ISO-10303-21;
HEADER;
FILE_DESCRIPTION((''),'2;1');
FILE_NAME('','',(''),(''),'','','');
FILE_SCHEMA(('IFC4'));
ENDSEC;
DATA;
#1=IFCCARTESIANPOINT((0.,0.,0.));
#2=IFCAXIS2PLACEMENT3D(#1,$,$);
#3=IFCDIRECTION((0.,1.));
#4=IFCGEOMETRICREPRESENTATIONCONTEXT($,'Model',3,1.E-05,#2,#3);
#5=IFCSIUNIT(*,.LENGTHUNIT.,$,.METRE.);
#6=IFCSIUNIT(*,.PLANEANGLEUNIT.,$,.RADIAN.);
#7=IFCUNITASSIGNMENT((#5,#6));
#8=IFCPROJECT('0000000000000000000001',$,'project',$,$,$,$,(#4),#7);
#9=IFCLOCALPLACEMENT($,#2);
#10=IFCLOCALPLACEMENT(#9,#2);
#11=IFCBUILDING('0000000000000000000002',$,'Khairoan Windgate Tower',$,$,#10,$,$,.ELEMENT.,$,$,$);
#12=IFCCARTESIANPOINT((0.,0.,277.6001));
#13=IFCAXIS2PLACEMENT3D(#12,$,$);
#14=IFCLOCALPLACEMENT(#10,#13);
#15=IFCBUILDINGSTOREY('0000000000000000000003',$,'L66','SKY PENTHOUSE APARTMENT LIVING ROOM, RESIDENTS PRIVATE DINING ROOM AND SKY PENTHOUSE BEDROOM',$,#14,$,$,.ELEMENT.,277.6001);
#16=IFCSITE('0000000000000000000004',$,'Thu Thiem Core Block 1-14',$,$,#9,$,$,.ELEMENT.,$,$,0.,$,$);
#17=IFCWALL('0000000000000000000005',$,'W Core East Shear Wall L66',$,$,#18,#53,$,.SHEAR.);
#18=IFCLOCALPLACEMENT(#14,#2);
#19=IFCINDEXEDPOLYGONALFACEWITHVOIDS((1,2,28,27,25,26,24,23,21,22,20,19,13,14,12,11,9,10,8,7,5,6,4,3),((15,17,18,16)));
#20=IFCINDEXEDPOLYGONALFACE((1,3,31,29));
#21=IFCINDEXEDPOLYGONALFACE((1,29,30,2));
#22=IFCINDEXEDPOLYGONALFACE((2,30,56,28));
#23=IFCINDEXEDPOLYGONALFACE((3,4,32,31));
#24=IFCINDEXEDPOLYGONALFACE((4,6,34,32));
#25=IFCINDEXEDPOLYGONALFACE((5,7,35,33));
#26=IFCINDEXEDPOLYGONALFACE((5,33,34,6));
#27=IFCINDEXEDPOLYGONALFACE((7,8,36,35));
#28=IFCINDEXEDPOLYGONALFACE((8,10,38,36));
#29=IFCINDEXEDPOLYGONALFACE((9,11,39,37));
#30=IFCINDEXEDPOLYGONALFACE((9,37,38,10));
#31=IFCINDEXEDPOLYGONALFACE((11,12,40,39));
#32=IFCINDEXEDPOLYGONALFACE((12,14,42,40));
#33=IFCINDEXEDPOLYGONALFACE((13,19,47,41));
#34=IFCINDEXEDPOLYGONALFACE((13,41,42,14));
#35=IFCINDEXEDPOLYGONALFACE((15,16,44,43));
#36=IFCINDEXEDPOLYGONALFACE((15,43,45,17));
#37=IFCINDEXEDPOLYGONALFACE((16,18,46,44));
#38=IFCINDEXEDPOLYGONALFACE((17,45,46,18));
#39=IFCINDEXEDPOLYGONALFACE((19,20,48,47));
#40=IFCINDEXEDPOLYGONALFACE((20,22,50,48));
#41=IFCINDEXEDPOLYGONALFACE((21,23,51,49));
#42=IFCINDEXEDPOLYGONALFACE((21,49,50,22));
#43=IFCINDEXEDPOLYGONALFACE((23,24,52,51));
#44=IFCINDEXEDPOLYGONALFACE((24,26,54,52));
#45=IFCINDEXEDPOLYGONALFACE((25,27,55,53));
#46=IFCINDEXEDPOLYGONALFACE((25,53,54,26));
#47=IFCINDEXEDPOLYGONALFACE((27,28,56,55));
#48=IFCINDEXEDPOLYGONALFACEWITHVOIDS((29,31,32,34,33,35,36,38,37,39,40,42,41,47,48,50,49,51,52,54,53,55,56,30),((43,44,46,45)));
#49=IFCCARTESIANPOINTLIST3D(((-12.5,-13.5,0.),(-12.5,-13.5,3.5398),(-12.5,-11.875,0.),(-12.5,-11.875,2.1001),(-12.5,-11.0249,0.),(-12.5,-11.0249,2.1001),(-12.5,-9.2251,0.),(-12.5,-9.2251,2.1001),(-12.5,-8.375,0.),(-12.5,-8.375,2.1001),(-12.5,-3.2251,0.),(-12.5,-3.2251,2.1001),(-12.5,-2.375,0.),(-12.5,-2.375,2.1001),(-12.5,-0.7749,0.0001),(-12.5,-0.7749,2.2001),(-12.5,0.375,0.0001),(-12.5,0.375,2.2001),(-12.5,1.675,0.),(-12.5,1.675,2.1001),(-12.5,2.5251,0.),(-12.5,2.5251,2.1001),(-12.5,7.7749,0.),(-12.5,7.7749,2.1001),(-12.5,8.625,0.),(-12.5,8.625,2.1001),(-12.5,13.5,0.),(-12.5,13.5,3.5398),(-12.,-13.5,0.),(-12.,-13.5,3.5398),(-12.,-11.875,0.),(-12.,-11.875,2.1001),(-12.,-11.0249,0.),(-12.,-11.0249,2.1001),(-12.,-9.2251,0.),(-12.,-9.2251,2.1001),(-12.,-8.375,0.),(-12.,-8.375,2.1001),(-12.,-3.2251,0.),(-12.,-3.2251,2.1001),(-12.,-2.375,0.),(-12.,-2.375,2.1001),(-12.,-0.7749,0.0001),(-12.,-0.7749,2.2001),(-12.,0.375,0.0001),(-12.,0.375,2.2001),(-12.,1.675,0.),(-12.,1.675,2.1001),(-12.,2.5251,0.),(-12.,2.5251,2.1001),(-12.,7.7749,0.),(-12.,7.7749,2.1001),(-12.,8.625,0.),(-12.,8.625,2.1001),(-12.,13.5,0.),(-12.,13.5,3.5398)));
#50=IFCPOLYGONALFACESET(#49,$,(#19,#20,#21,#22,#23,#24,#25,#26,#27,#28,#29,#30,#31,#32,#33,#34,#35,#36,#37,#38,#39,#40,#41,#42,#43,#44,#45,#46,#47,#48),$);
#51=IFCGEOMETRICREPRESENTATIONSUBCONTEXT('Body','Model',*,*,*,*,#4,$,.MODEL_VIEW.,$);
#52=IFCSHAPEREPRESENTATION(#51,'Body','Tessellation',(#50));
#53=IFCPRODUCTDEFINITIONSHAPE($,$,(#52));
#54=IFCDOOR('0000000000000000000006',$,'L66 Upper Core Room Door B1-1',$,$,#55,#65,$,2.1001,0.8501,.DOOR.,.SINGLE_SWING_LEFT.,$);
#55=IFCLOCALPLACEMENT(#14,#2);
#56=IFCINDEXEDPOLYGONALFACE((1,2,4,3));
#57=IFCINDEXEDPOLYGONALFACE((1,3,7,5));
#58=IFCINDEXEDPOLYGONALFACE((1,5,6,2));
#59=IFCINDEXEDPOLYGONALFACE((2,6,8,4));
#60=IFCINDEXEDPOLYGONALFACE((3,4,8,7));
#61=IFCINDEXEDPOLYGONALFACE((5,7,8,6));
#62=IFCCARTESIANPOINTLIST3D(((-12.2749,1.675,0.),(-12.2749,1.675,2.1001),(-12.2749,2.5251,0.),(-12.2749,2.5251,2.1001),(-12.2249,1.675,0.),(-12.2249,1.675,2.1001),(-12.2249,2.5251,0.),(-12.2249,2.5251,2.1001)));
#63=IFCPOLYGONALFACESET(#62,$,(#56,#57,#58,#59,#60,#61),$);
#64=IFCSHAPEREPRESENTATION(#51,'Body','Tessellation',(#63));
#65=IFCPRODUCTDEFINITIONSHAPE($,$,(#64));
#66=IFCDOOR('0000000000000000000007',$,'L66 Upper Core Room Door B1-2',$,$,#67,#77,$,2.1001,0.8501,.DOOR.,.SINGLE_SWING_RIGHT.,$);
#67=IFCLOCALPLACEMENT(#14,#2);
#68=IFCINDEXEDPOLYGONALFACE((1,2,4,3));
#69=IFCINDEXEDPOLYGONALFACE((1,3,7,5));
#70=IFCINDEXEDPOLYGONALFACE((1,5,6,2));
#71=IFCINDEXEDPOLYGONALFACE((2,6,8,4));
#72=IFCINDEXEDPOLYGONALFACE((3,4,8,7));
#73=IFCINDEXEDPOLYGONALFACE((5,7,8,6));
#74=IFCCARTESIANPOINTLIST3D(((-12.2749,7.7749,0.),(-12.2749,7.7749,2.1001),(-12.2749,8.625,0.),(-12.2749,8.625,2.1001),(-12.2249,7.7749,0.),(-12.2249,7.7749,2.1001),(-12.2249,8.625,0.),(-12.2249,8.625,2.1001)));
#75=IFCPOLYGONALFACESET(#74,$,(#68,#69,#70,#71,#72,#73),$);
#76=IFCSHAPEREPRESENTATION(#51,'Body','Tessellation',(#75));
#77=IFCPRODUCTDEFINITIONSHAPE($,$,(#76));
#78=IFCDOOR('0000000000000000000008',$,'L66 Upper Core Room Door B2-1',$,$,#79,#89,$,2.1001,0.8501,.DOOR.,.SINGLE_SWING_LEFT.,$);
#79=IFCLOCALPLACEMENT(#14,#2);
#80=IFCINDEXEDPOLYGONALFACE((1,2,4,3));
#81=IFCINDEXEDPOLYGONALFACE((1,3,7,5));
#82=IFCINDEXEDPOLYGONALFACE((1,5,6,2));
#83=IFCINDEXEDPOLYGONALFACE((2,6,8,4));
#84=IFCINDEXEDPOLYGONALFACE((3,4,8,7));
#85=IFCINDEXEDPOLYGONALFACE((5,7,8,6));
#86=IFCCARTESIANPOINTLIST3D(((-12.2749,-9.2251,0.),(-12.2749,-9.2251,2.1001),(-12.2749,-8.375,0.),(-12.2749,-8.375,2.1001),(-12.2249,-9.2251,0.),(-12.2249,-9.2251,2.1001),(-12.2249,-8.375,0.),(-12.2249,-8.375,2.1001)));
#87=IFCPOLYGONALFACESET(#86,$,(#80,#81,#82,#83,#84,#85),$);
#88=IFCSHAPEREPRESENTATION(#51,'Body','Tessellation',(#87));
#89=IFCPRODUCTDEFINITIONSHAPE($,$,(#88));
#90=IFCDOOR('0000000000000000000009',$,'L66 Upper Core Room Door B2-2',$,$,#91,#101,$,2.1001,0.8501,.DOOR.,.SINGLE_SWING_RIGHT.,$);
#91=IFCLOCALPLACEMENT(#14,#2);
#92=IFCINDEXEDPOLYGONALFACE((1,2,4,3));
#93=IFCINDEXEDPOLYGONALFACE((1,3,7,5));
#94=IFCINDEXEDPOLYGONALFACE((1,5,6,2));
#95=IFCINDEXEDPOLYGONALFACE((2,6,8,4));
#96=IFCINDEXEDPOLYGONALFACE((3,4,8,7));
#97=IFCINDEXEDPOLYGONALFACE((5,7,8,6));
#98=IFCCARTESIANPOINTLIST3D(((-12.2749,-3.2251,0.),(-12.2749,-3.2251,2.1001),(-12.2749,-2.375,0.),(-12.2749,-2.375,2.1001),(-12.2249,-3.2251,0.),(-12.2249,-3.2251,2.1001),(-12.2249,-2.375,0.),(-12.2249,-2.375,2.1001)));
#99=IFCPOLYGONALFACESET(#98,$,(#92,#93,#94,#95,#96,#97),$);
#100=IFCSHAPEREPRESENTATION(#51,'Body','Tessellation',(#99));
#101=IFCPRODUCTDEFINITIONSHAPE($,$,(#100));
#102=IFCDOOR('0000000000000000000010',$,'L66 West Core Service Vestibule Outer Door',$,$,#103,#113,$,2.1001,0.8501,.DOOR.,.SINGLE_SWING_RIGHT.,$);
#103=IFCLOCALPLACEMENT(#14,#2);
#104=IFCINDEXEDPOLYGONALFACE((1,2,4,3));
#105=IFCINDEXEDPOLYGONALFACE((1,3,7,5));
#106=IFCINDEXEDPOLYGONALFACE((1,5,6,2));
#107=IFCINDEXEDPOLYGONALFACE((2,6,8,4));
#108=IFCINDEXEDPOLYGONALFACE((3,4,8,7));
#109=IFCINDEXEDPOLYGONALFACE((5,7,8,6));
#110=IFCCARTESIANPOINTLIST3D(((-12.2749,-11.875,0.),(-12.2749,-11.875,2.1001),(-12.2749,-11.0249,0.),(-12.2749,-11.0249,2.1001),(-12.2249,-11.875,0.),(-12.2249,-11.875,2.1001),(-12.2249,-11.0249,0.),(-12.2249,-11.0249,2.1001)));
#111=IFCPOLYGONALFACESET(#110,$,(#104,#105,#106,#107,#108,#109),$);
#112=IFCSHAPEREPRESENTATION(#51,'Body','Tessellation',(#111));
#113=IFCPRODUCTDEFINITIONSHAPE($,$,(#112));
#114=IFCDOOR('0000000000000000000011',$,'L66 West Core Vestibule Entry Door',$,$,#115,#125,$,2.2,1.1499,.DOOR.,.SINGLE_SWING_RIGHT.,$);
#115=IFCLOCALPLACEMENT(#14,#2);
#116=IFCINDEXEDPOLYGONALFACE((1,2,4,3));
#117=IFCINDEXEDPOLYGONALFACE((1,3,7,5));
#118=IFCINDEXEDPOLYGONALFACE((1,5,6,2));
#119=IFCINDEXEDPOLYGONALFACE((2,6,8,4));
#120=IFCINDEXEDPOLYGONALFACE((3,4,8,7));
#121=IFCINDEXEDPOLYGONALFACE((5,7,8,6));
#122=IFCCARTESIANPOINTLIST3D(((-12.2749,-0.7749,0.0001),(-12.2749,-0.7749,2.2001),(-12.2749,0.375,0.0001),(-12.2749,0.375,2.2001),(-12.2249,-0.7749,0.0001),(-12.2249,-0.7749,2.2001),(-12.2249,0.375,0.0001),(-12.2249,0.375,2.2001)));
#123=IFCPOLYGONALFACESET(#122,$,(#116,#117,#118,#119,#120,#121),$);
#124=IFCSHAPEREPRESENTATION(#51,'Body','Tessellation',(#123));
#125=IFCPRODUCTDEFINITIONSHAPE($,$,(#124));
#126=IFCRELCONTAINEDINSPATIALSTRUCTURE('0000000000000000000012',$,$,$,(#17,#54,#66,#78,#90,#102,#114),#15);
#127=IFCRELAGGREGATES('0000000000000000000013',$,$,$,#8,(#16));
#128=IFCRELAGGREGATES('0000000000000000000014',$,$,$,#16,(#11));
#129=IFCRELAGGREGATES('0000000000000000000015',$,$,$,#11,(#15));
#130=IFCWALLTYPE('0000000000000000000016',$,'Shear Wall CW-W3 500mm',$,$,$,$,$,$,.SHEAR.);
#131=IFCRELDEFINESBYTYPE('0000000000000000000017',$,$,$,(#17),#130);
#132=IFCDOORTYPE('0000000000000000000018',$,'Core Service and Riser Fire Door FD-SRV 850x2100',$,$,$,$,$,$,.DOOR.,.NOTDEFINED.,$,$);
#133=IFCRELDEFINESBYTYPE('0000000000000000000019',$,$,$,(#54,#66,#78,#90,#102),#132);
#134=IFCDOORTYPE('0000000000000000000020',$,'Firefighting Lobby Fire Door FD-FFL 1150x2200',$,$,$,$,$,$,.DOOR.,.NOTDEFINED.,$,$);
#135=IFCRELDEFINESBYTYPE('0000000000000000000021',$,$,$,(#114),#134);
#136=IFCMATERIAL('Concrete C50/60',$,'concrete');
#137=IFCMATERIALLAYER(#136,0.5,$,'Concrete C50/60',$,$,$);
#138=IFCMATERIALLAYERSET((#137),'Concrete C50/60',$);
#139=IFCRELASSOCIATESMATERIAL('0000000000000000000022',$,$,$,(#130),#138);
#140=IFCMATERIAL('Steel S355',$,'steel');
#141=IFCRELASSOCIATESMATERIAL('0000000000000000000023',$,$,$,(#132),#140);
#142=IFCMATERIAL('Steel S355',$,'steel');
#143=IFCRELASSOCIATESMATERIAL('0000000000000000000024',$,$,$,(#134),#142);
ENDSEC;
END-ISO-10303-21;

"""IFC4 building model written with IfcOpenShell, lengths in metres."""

from ifc_helpers import new_model, si_unit, direction, frame, frame_2d, origin, place, context, subcontext, project, spatial, rectangle, extrude, material, layer, layer_set, type_object, element, fill, save


model = new_model("IFC4")

# Units and contexts
model_context = context("Model", 3, precision=1e-05, world=origin(), true_north=direction((0.0, 1.0)))
body_context = subcontext(model_context, "Body", "Model", "MODEL_VIEW")
ifc_project = project(units=[si_unit("LENGTHUNIT", "METRE"), si_unit("PLANEANGLEUNIT", "RADIAN")], contexts=[model_context])

# Site, building, storey
site_placement = place(None, origin())
site = spatial("IfcSite", under=ifc_project, at=site_placement, Name="Thu Thiem Core Block 1-14", CompositionType="ELEMENT", RefElevation=0.0)
building_placement = place(site_placement, origin())
building = spatial("IfcBuilding", under=site, at=building_placement, Name="Khairoan Windgate Tower", CompositionType="ELEMENT")
storey_placement = place(building_placement, frame((0.0, 0.0, 277.6001)))
storey = spatial("IfcBuildingStorey", under=building, at=storey_placement, Name="L66", Description="SKY PENTHOUSE APARTMENT LIVING ROOM, RESIDENTS PRIVATE DINING ROOM AND SKY PENTHOUSE BEDROOM", CompositionType="ELEMENT", Elevation=277.6001)

# Wall, openings, doors
ifc_material_1 = material(Name="Concrete C50/60", Category="concrete")
ifc_layer_1 = layer(ifc_material_1, 0.5, Name="Concrete C50/60")
ifc_layer_set_1 = layer_set([ifc_layer_1], Name="Concrete C50/60")
wall_type_1 = type_object("IfcWallType", Name="Shear Wall CW-W3 500mm", PredefinedType="SHEAR", material=ifc_layer_set_1)
wall_1_placement = place(storey_placement, frame((-12.25, -13.5, 0.0), z_axis=(0.0, 0.0, 1.0), x_axis=(0.0, 1.0, 0.0)))
wall_1 = element("IfcWall", 1, at=wall_1_placement, inside=storey, type_object=wall_type_1, Name="W Core East Shear Wall L66", PredefinedType="SHEAR", context=body_context, shape_type="SweptSolid", body=[
    extrude(rectangle(XDim=27.0, YDim=0.5, at=frame_2d((13.5, 0.0))), origin(), (0.0, 0.0, 1.0), 3.5398),
])
opening_1_placement = place(wall_1_placement, frame((15.175, 0.0, 0.0)))
opening_1 = element("IfcOpeningElement", 2, at=opening_1_placement, cuts=wall_1, PredefinedType="OPENING", context=body_context, shape_type="SweptSolid", body=[
    extrude(rectangle(XDim=0.8501, YDim=2.1001, at=frame_2d((0.425, 1.05))), frame((0.0, 0.26, 0.0), z_axis=(0.0, -1.0, 0.0), x_axis=(1.0, 0.0, 0.0)), (0.0, 0.0, 1.0), 0.52),
])
opening_2_placement = place(wall_1_placement, frame((21.2749, 0.0, 0.0)))
opening_2 = element("IfcOpeningElement", 3, at=opening_2_placement, cuts=wall_1, PredefinedType="OPENING", context=body_context, shape_type="SweptSolid", body=[
    extrude(rectangle(XDim=0.8501, YDim=2.1001, at=frame_2d((0.425, 1.05))), frame((0.0, 0.26, 0.0), z_axis=(0.0, -1.0, 0.0), x_axis=(1.0, 0.0, 0.0)), (0.0, 0.0, 1.0), 0.52),
])
opening_3_placement = place(wall_1_placement, frame((4.2749, 0.0, 0.0)))
opening_3 = element("IfcOpeningElement", 4, at=opening_3_placement, cuts=wall_1, PredefinedType="OPENING", context=body_context, shape_type="SweptSolid", body=[
    extrude(rectangle(XDim=0.8501, YDim=2.1001, at=frame_2d((0.425, 1.05))), frame((0.0, 0.26, 0.0), z_axis=(0.0, -1.0, 0.0), x_axis=(1.0, 0.0, 0.0)), (0.0, 0.0, 1.0), 0.52),
])
opening_4_placement = place(wall_1_placement, frame((10.2749, 0.0, 0.0)))
opening_4 = element("IfcOpeningElement", 5, at=opening_4_placement, cuts=wall_1, PredefinedType="OPENING", context=body_context, shape_type="SweptSolid", body=[
    extrude(rectangle(XDim=0.8501, YDim=2.1001, at=frame_2d((0.425, 1.05))), frame((0.0, 0.26, 0.0), z_axis=(0.0, -1.0, 0.0), x_axis=(1.0, 0.0, 0.0)), (0.0, 0.0, 1.0), 0.52),
])
opening_5_placement = place(wall_1_placement, frame((12.7251, 0.0, 0.0)))
opening_5 = element("IfcOpeningElement", 6, at=opening_5_placement, cuts=wall_1, PredefinedType="OPENING", context=body_context, shape_type="SweptSolid", body=[
    extrude(rectangle(XDim=1.1499, YDim=2.2, at=frame_2d((0.575, 1.1001))), frame((0.0, 0.26, 0.0), z_axis=(0.0, -1.0, 0.0), x_axis=(1.0, 0.0, 0.0)), (0.0, 0.0, 1.0), 0.52),
])
opening_6_placement = place(wall_1_placement, frame((1.625, 0.0, 0.0)))
opening_6 = element("IfcOpeningElement", 7, at=opening_6_placement, cuts=wall_1, PredefinedType="OPENING", context=body_context, shape_type="SweptSolid", body=[
    extrude(rectangle(XDim=0.8501, YDim=2.1001, at=frame_2d((0.425, 1.05))), frame((0.0, 0.26, 0.0), z_axis=(0.0, -1.0, 0.0), x_axis=(1.0, 0.0, 0.0)), (0.0, 0.0, 1.0), 0.52),
])
ifc_material_2 = material(Name="Steel S355", Category="steel")
door_type_1 = type_object("IfcDoorType", Name="Core Service and Riser Fire Door FD-SRV 850x2100", OperationType="NOTDEFINED", PredefinedType="DOOR", material=ifc_material_2)
door_1_placement = place(opening_1_placement, origin())
door_1 = element("IfcDoor", 8, at=door_1_placement, inside=storey, type_object=door_type_1, Name="L66 Upper Core Room Door B1-1", OperationType="SINGLE_SWING_LEFT", OverallHeight=2.1001, OverallWidth=0.8501, PredefinedType="DOOR", context=body_context, shape_type="SweptSolid", body=[
    extrude(rectangle(XDim=0.8501, YDim=2.1001, at=frame_2d((0.425, 1.05))), frame((0.0, 0.0249, 0.0), z_axis=(0.0, -1.0, 0.0), x_axis=(1.0, 0.0, 0.0)), (0.0, 0.0, 1.0), 0.05),
])
fill(opening_1, door_1)
door_2_placement = place(opening_2_placement, origin())
door_2 = element("IfcDoor", 9, at=door_2_placement, inside=storey, type_object=door_type_1, Name="L66 Upper Core Room Door B1-2", OperationType="SINGLE_SWING_RIGHT", OverallHeight=2.1001, OverallWidth=0.8501, PredefinedType="DOOR", context=body_context, shape_type="SweptSolid", body=[
    extrude(rectangle(XDim=0.8501, YDim=2.1001, at=frame_2d((0.425, 1.05))), frame((0.0, 0.0249, 0.0), z_axis=(0.0, -1.0, 0.0), x_axis=(1.0, 0.0, 0.0)), (0.0, 0.0, 1.0), 0.05),
])
fill(opening_2, door_2)
door_3_placement = place(opening_3_placement, origin())
door_3 = element("IfcDoor", 10, at=door_3_placement, inside=storey, type_object=door_type_1, Name="L66 Upper Core Room Door B2-1", OperationType="SINGLE_SWING_LEFT", OverallHeight=2.1001, OverallWidth=0.8501, PredefinedType="DOOR", context=body_context, shape_type="SweptSolid", body=[
    extrude(rectangle(XDim=0.8501, YDim=2.1001, at=frame_2d((0.425, 1.05))), frame((0.0, 0.0249, 0.0), z_axis=(0.0, -1.0, 0.0), x_axis=(1.0, 0.0, 0.0)), (0.0, 0.0, 1.0), 0.05),
])
fill(opening_3, door_3)
door_4_placement = place(opening_4_placement, origin())
door_4 = element("IfcDoor", 11, at=door_4_placement, inside=storey, type_object=door_type_1, Name="L66 Upper Core Room Door B2-2", OperationType="SINGLE_SWING_RIGHT", OverallHeight=2.1001, OverallWidth=0.8501, PredefinedType="DOOR", context=body_context, shape_type="SweptSolid", body=[
    extrude(rectangle(XDim=0.8501, YDim=2.1001, at=frame_2d((0.425, 1.05))), frame((0.0, 0.0249, 0.0), z_axis=(0.0, -1.0, 0.0), x_axis=(1.0, 0.0, 0.0)), (0.0, 0.0, 1.0), 0.05),
])
fill(opening_4, door_4)
door_5_placement = place(opening_6_placement, origin())
door_5 = element("IfcDoor", 12, at=door_5_placement, inside=storey, type_object=door_type_1, Name="L66 West Core Service Vestibule Outer Door", OperationType="SINGLE_SWING_RIGHT", OverallHeight=2.1001, OverallWidth=0.8501, PredefinedType="DOOR", context=body_context, shape_type="SweptSolid", body=[
    extrude(rectangle(XDim=0.8501, YDim=2.1001, at=frame_2d((0.425, 1.05))), frame((0.0, 0.0249, 0.0), z_axis=(0.0, -1.0, 0.0), x_axis=(1.0, 0.0, 0.0)), (0.0, 0.0, 1.0), 0.05),
])
fill(opening_6, door_5)
ifc_material_3 = material(Name="Steel S355", Category="steel")
door_type_2 = type_object("IfcDoorType", Name="Firefighting Lobby Fire Door FD-FFL 1150x2200", OperationType="NOTDEFINED", PredefinedType="DOOR", material=ifc_material_3)
door_6_placement = place(opening_5_placement, origin())
door_6 = element("IfcDoor", 13, at=door_6_placement, inside=storey, type_object=door_type_2, Name="L66 West Core Vestibule Entry Door", OperationType="SINGLE_SWING_RIGHT", OverallHeight=2.2, OverallWidth=1.1499, PredefinedType="DOOR", context=body_context, shape_type="SweptSolid", body=[
    extrude(rectangle(XDim=1.1499, YDim=2.2, at=frame_2d((0.575, 1.1001))), frame((0.0, 0.0249, 0.0), z_axis=(0.0, -1.0, 0.0), x_axis=(1.0, 0.0, 0.0)), (0.0, 0.0, 1.0), 0.05),
])
fill(opening_5, door_6)

save(model, "model.ifc")
